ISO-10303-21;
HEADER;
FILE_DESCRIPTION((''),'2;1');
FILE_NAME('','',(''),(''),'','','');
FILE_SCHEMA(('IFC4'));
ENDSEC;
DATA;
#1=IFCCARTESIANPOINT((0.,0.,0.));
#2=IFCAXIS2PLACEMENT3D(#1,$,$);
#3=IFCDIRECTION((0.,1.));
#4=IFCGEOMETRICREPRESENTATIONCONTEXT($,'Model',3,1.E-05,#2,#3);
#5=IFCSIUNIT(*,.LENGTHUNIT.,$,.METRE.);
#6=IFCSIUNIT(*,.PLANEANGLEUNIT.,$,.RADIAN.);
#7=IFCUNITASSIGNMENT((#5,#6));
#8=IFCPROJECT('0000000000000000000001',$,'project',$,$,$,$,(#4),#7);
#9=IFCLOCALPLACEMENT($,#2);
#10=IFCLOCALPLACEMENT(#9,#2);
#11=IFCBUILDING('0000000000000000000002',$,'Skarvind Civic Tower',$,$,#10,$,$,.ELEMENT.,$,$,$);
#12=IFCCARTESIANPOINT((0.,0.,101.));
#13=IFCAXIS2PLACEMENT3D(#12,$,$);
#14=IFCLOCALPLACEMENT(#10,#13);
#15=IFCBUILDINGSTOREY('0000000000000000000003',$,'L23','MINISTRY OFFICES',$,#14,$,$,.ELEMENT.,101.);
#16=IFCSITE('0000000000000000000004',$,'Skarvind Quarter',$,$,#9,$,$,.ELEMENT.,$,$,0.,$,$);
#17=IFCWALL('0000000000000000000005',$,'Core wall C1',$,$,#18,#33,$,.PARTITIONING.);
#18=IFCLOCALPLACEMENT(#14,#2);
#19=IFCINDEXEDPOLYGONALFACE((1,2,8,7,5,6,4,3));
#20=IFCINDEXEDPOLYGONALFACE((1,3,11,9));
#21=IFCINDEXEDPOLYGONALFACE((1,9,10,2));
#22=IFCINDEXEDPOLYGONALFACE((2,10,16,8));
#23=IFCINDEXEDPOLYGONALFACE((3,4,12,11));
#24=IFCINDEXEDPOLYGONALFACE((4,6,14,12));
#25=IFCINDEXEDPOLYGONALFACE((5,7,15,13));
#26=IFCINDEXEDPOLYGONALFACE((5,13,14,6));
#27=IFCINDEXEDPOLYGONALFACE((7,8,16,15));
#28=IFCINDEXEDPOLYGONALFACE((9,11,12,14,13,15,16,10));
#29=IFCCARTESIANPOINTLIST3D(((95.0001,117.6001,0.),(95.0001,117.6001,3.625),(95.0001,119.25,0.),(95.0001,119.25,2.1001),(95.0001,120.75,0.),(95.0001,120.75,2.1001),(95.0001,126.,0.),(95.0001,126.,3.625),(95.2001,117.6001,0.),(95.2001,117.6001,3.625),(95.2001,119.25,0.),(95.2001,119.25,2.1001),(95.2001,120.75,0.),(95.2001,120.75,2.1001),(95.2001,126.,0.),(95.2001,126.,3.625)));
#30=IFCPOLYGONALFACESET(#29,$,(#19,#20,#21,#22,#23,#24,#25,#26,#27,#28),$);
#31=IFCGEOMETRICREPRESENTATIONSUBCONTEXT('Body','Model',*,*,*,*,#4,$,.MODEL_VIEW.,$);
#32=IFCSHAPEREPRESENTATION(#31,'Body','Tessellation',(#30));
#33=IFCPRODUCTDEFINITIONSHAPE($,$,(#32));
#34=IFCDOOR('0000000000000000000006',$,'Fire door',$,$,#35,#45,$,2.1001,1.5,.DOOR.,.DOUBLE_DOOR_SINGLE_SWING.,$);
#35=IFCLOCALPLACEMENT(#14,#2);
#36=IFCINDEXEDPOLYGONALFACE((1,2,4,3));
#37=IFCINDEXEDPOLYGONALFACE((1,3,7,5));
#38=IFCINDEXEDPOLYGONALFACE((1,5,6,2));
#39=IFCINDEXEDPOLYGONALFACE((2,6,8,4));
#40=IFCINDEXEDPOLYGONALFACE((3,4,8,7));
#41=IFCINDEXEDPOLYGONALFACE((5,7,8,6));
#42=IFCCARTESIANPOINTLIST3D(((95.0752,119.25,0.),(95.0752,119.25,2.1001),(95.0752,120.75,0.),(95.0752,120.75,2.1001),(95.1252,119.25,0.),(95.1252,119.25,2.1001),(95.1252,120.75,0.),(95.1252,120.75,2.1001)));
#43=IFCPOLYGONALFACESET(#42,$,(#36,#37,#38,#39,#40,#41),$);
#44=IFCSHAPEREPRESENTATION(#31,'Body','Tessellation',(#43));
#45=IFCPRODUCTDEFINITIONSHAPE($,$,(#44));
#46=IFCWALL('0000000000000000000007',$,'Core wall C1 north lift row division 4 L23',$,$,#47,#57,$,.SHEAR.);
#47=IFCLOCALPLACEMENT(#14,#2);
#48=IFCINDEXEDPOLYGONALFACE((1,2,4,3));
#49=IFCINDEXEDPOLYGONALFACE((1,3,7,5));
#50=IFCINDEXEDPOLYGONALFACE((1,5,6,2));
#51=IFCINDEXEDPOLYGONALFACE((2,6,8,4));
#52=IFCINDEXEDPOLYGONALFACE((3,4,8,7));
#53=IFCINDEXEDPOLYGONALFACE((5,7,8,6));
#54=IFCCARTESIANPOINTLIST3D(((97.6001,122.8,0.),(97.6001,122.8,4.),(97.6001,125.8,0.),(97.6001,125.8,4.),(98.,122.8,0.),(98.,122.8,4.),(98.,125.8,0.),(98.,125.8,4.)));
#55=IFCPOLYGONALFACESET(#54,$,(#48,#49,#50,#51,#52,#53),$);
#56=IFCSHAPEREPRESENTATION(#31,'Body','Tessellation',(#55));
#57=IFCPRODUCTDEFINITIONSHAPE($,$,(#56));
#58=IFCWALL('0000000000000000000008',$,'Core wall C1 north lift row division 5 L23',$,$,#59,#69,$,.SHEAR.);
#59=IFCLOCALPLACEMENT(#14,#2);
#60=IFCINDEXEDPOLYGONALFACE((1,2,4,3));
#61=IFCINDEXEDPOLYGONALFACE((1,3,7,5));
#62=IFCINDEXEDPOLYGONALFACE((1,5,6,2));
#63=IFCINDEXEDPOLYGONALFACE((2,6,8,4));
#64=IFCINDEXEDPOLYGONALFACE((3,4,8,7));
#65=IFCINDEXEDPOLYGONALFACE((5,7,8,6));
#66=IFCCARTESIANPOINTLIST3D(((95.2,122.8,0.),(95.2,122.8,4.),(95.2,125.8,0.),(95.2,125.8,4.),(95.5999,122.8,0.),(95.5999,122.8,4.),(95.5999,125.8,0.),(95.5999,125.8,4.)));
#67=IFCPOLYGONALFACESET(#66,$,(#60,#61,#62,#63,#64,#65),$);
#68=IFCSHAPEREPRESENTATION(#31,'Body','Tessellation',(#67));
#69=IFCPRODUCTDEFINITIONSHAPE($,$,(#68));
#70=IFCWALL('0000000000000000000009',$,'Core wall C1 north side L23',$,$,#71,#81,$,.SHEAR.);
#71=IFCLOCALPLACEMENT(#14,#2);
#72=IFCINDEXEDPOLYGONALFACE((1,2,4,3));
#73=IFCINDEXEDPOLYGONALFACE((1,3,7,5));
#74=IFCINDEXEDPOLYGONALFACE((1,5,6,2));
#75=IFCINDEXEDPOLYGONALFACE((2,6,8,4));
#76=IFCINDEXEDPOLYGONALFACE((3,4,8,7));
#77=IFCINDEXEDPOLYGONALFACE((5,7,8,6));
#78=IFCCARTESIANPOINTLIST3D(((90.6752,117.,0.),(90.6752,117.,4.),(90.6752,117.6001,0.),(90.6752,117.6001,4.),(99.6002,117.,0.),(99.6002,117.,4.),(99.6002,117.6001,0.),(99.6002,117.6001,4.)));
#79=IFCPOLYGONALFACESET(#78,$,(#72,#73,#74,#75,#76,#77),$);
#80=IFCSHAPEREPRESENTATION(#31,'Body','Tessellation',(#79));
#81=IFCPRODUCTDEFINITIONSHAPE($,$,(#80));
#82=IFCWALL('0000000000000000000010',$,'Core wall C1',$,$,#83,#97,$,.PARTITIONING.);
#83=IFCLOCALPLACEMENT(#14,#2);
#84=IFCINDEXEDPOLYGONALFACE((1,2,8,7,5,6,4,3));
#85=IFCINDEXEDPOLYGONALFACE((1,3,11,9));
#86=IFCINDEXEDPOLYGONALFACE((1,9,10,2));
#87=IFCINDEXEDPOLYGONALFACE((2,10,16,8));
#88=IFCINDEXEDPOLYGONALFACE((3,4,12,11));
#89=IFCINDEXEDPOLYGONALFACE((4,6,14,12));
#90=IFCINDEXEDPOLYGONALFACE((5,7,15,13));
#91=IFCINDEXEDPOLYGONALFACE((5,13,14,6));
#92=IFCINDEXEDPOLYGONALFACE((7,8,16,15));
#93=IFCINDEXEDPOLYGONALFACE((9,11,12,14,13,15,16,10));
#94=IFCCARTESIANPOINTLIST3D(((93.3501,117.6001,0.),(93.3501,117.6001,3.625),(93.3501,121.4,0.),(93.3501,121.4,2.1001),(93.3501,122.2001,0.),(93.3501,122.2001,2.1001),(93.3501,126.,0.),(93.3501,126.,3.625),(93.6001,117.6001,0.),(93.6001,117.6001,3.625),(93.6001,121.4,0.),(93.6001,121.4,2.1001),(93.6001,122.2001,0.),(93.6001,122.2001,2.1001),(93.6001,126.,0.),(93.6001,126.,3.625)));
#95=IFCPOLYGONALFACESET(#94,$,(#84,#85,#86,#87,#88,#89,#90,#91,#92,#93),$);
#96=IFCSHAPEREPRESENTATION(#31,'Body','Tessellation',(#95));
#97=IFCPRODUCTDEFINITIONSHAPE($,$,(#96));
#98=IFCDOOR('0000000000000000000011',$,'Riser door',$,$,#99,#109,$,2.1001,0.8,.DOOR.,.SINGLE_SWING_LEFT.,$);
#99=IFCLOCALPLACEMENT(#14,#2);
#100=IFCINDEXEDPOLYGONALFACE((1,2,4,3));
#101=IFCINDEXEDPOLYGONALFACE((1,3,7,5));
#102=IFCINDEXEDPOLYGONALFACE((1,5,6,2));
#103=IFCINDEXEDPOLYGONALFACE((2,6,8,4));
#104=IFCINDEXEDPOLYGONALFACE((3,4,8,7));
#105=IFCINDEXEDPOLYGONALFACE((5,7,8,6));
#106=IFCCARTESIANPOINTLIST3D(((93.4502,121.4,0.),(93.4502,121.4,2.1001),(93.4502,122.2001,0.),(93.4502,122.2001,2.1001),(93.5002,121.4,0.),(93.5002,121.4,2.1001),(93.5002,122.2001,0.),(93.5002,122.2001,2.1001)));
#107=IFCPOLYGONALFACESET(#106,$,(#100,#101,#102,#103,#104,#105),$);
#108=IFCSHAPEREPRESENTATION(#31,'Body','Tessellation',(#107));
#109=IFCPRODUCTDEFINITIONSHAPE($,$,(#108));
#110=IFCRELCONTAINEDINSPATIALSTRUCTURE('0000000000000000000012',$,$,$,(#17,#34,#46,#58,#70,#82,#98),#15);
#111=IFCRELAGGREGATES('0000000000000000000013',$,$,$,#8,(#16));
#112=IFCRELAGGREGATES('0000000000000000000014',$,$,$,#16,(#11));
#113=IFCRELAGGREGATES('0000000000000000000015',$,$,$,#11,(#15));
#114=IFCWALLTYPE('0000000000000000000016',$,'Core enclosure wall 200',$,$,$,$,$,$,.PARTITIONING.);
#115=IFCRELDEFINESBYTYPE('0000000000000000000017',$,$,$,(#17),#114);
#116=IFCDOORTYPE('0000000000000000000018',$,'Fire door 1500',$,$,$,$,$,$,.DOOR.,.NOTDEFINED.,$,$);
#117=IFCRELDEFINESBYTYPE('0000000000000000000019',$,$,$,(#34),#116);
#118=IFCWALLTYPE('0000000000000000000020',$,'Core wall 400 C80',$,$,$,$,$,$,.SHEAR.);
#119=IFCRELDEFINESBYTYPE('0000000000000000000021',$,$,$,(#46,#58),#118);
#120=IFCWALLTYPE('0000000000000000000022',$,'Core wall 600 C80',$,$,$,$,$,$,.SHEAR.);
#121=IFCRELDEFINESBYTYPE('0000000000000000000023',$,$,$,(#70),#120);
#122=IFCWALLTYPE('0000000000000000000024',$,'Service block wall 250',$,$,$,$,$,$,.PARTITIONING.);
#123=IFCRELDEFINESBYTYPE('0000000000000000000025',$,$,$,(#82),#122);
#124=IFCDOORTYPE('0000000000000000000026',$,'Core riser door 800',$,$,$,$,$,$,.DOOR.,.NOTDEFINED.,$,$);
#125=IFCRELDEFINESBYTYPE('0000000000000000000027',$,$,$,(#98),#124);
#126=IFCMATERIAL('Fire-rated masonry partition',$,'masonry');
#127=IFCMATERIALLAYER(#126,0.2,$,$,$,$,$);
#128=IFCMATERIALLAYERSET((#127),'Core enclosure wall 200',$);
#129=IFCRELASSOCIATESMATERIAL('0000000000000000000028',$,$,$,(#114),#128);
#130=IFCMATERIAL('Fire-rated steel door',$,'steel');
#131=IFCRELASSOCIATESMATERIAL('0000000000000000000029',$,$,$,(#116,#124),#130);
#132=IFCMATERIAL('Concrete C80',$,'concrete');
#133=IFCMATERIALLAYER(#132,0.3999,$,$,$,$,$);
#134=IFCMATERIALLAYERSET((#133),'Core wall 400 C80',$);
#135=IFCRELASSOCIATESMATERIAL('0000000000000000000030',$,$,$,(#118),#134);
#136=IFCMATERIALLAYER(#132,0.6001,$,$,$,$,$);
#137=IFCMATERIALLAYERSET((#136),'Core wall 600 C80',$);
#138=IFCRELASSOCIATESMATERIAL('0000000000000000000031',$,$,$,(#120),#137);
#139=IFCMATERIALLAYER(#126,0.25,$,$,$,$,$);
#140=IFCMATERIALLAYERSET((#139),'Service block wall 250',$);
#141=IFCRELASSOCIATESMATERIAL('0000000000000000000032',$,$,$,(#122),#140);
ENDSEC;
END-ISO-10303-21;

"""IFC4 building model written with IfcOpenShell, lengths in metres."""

from ifc_helpers import new_model, si_unit, direction, frame, frame_2d, origin, place, context, subcontext, project, spatial, rectangle, extrude, material, layer, layer_set, type_object, element, fill, save


model = new_model("IFC4")

# Units and contexts
model_context = context("Model", 3, precision=1e-05, world=origin(), true_north=direction((0.0, 1.0)))
body_context = subcontext(model_context, "Body", "Model", "MODEL_VIEW")
ifc_project = project(units=[si_unit("LENGTHUNIT", "METRE"), si_unit("PLANEANGLEUNIT", "RADIAN")], contexts=[model_context])

# Site, building, storey
site_placement = place(None, origin())
site = spatial("IfcSite", under=ifc_project, at=site_placement, Name="Skarvind Quarter", CompositionType="ELEMENT", RefElevation=0.0)
building_placement = place(site_placement, origin())
building = spatial("IfcBuilding", under=site, at=building_placement, Name="Skarvind Civic Tower", CompositionType="ELEMENT")
storey_placement = place(building_placement, frame((0.0, 0.0, 101.0)))
storey = spatial("IfcBuildingStorey", under=building, at=storey_placement, Name="L23", Description="MINISTRY OFFICES", CompositionType="ELEMENT", Elevation=101.0)

# Shared definitions
ifc_material_1 = material(Name="Concrete C80", Category="concrete")

# Wall, opening, door
ifc_material_2 = material(Name="Fire-rated masonry partition", Category="masonry")
ifc_layer_1 = layer(ifc_material_2, 0.2)
ifc_layer_set_1 = layer_set([ifc_layer_1], Name="Core enclosure wall 200")
wall_type_1 = type_object("IfcWallType", Name="Core enclosure wall 200", PredefinedType="PARTITIONING", material=ifc_layer_set_1)
ifc_material_3 = material(Name="Fire-rated steel door", Category="steel")
wall_1_placement = place(storey_placement, frame((95.1001, 117.6001, 0.0), z_axis=(0.0, 0.0, 1.0), x_axis=(0.0, 1.0, 0.0)))
wall_1 = element("IfcWall", 1, at=wall_1_placement, inside=storey, type_object=wall_type_1, Name="Core wall C1", PredefinedType="PARTITIONING", context=body_context, shape_type="SweptSolid", body=[
    extrude(rectangle(XDim=8.3999, YDim=0.2, at=frame_2d((4.2, 0.0))), origin(), (0.0, 0.0, 1.0), 3.625),
])
opening_1_placement = place(wall_1_placement, frame((1.6499, 0.0, 0.0)))
opening_1 = element("IfcOpeningElement", 2, at=opening_1_placement, cuts=wall_1, PredefinedType="OPENING", context=body_context, shape_type="SweptSolid", body=[
    extrude(rectangle(XDim=1.5, YDim=2.1001, at=frame_2d((0.75, 1.05))), frame((0.0, 0.1099, 0.0), z_axis=(0.0, -1.0, 0.0), x_axis=(1.0, 0.0, 0.0)), (0.0, 0.0, 1.0), 0.22),
])
door_type_1 = type_object("IfcDoorType", Name="Fire door 1500", OperationType="NOTDEFINED", PredefinedType="DOOR", material=ifc_material_3)
door_1_placement = place(opening_1_placement, origin())
door_1 = element("IfcDoor", 3, at=door_1_placement, inside=storey, type_object=door_type_1, Name="Fire door", OperationType="DOUBLE_DOOR_SINGLE_SWING", OverallHeight=2.1001, OverallWidth=1.5, PredefinedType="DOOR", context=body_context, shape_type="SweptSolid", body=[
    extrude(rectangle(XDim=1.5, YDim=2.1001, at=frame_2d((0.75, 1.05))), frame((0.0, 0.0249, 0.0), z_axis=(0.0, -1.0, 0.0), x_axis=(1.0, 0.0, 0.0)), (0.0, 0.0, 1.0), 0.05),
])
fill(opening_1, door_1)

# Walls
ifc_layer_2 = layer(ifc_material_1, 0.3999)
ifc_layer_set_2 = layer_set([ifc_layer_2], Name="Core wall 400 C80")
wall_type_2 = type_object("IfcWallType", Name="Core wall 400 C80", PredefinedType="SHEAR", material=ifc_layer_set_2)
for number, where, z_axis, x_axis, name in (
    (4, (97.8, 125.8, 0.0), (0.0, 0.0, 1.0), (0.0, -1.0, 0.0), "Core wall C1 north lift row division 4 L23"),
    (5, (95.3999, 125.8, 0.0), (0.0, 0.0, 1.0), (0.0, -1.0, 0.0), "Core wall C1 north lift row division 5 L23"),
):
    element("IfcWall", number, at=place(storey_placement, frame(where, z_axis=z_axis, x_axis=x_axis)), inside=storey, type_object=wall_type_2, Name=name, PredefinedType="SHEAR", context=body_context, shape_type="SweptSolid", body=[
        extrude(rectangle(XDim=3.0, YDim=0.3999, at=frame_2d((1.5, 0.0))), origin(), (0.0, 0.0, 1.0), 4.0),
    ])
ifc_layer_3 = layer(ifc_material_1, 0.6001)
ifc_layer_set_3 = layer_set([ifc_layer_3], Name="Core wall 600 C80")
wall_type_3 = type_object("IfcWallType", Name="Core wall 600 C80", PredefinedType="SHEAR", material=ifc_layer_set_3)
wall_2_placement = place(storey_placement, frame((99.6001, 117.3, 0.0), z_axis=(0.0, 0.0, 1.0), x_axis=(-1.0, 0.0, 0.0)))
element("IfcWall", 6, at=wall_2_placement, inside=storey, type_object=wall_type_3, Name="Core wall C1 north side L23", PredefinedType="SHEAR", context=body_context, shape_type="SweptSolid", body=[
    extrude(rectangle(XDim=8.925, YDim=0.6001, at=frame_2d((4.4624, 0.0))), origin(), (0.0, 0.0, 1.0), 4.0),
])

# Wall, opening, door
ifc_layer_4 = layer(ifc_material_2, 0.25)
ifc_layer_set_4 = layer_set([ifc_layer_4], Name="Service block wall 250")
wall_type_4 = type_object("IfcWallType", Name="Service block wall 250", PredefinedType="PARTITIONING", material=ifc_layer_set_4)
wall_3_placement = place(storey_placement, frame((93.4751, 117.6001, 0.0), z_axis=(0.0, 0.0, 1.0), x_axis=(0.0, 1.0, 0.0)))
wall_3 = element("IfcWall", 7, at=wall_3_placement, inside=storey, type_object=wall_type_4, Name="Core wall C1", PredefinedType="PARTITIONING", context=body_context, shape_type="SweptSolid", body=[
    extrude(rectangle(XDim=8.3999, YDim=0.25, at=frame_2d((4.2, 0.0))), origin(), (0.0, 0.0, 1.0), 3.625),
])
opening_2_placement = place(wall_3_placement, frame((3.8, 0.0, 0.0)))
opening_2 = element("IfcOpeningElement", 8, at=opening_2_placement, cuts=wall_3, PredefinedType="OPENING", context=body_context, shape_type="SweptSolid", body=[
    extrude(rectangle(XDim=0.8, YDim=2.1001, at=frame_2d((0.3999, 1.05))), frame((0.0, 0.135, 0.0), z_axis=(0.0, -1.0, 0.0), x_axis=(1.0, 0.0, 0.0)), (0.0, 0.0, 1.0), 0.27),
])
door_type_2 = type_object("IfcDoorType", Name="Core riser door 800", OperationType="NOTDEFINED", PredefinedType="DOOR", material=ifc_material_3)
door_2_placement = place(opening_2_placement, origin())
door_2 = element("IfcDoor", 9, at=door_2_placement, inside=storey, type_object=door_type_2, Name="Riser door", OperationType="SINGLE_SWING_LEFT", OverallHeight=2.1001, OverallWidth=0.8, PredefinedType="DOOR", context=body_context, shape_type="SweptSolid", body=[
    extrude(rectangle(XDim=0.8, YDim=2.1001, at=frame_2d((0.3999, 1.05))), frame((0.0, 0.0249, 0.0), z_axis=(0.0, -1.0, 0.0), x_axis=(1.0, 0.0, 0.0)), (0.0, 0.0, 1.0), 0.05),
])
fill(opening_2, door_2)

save(model, "model.ifc")
